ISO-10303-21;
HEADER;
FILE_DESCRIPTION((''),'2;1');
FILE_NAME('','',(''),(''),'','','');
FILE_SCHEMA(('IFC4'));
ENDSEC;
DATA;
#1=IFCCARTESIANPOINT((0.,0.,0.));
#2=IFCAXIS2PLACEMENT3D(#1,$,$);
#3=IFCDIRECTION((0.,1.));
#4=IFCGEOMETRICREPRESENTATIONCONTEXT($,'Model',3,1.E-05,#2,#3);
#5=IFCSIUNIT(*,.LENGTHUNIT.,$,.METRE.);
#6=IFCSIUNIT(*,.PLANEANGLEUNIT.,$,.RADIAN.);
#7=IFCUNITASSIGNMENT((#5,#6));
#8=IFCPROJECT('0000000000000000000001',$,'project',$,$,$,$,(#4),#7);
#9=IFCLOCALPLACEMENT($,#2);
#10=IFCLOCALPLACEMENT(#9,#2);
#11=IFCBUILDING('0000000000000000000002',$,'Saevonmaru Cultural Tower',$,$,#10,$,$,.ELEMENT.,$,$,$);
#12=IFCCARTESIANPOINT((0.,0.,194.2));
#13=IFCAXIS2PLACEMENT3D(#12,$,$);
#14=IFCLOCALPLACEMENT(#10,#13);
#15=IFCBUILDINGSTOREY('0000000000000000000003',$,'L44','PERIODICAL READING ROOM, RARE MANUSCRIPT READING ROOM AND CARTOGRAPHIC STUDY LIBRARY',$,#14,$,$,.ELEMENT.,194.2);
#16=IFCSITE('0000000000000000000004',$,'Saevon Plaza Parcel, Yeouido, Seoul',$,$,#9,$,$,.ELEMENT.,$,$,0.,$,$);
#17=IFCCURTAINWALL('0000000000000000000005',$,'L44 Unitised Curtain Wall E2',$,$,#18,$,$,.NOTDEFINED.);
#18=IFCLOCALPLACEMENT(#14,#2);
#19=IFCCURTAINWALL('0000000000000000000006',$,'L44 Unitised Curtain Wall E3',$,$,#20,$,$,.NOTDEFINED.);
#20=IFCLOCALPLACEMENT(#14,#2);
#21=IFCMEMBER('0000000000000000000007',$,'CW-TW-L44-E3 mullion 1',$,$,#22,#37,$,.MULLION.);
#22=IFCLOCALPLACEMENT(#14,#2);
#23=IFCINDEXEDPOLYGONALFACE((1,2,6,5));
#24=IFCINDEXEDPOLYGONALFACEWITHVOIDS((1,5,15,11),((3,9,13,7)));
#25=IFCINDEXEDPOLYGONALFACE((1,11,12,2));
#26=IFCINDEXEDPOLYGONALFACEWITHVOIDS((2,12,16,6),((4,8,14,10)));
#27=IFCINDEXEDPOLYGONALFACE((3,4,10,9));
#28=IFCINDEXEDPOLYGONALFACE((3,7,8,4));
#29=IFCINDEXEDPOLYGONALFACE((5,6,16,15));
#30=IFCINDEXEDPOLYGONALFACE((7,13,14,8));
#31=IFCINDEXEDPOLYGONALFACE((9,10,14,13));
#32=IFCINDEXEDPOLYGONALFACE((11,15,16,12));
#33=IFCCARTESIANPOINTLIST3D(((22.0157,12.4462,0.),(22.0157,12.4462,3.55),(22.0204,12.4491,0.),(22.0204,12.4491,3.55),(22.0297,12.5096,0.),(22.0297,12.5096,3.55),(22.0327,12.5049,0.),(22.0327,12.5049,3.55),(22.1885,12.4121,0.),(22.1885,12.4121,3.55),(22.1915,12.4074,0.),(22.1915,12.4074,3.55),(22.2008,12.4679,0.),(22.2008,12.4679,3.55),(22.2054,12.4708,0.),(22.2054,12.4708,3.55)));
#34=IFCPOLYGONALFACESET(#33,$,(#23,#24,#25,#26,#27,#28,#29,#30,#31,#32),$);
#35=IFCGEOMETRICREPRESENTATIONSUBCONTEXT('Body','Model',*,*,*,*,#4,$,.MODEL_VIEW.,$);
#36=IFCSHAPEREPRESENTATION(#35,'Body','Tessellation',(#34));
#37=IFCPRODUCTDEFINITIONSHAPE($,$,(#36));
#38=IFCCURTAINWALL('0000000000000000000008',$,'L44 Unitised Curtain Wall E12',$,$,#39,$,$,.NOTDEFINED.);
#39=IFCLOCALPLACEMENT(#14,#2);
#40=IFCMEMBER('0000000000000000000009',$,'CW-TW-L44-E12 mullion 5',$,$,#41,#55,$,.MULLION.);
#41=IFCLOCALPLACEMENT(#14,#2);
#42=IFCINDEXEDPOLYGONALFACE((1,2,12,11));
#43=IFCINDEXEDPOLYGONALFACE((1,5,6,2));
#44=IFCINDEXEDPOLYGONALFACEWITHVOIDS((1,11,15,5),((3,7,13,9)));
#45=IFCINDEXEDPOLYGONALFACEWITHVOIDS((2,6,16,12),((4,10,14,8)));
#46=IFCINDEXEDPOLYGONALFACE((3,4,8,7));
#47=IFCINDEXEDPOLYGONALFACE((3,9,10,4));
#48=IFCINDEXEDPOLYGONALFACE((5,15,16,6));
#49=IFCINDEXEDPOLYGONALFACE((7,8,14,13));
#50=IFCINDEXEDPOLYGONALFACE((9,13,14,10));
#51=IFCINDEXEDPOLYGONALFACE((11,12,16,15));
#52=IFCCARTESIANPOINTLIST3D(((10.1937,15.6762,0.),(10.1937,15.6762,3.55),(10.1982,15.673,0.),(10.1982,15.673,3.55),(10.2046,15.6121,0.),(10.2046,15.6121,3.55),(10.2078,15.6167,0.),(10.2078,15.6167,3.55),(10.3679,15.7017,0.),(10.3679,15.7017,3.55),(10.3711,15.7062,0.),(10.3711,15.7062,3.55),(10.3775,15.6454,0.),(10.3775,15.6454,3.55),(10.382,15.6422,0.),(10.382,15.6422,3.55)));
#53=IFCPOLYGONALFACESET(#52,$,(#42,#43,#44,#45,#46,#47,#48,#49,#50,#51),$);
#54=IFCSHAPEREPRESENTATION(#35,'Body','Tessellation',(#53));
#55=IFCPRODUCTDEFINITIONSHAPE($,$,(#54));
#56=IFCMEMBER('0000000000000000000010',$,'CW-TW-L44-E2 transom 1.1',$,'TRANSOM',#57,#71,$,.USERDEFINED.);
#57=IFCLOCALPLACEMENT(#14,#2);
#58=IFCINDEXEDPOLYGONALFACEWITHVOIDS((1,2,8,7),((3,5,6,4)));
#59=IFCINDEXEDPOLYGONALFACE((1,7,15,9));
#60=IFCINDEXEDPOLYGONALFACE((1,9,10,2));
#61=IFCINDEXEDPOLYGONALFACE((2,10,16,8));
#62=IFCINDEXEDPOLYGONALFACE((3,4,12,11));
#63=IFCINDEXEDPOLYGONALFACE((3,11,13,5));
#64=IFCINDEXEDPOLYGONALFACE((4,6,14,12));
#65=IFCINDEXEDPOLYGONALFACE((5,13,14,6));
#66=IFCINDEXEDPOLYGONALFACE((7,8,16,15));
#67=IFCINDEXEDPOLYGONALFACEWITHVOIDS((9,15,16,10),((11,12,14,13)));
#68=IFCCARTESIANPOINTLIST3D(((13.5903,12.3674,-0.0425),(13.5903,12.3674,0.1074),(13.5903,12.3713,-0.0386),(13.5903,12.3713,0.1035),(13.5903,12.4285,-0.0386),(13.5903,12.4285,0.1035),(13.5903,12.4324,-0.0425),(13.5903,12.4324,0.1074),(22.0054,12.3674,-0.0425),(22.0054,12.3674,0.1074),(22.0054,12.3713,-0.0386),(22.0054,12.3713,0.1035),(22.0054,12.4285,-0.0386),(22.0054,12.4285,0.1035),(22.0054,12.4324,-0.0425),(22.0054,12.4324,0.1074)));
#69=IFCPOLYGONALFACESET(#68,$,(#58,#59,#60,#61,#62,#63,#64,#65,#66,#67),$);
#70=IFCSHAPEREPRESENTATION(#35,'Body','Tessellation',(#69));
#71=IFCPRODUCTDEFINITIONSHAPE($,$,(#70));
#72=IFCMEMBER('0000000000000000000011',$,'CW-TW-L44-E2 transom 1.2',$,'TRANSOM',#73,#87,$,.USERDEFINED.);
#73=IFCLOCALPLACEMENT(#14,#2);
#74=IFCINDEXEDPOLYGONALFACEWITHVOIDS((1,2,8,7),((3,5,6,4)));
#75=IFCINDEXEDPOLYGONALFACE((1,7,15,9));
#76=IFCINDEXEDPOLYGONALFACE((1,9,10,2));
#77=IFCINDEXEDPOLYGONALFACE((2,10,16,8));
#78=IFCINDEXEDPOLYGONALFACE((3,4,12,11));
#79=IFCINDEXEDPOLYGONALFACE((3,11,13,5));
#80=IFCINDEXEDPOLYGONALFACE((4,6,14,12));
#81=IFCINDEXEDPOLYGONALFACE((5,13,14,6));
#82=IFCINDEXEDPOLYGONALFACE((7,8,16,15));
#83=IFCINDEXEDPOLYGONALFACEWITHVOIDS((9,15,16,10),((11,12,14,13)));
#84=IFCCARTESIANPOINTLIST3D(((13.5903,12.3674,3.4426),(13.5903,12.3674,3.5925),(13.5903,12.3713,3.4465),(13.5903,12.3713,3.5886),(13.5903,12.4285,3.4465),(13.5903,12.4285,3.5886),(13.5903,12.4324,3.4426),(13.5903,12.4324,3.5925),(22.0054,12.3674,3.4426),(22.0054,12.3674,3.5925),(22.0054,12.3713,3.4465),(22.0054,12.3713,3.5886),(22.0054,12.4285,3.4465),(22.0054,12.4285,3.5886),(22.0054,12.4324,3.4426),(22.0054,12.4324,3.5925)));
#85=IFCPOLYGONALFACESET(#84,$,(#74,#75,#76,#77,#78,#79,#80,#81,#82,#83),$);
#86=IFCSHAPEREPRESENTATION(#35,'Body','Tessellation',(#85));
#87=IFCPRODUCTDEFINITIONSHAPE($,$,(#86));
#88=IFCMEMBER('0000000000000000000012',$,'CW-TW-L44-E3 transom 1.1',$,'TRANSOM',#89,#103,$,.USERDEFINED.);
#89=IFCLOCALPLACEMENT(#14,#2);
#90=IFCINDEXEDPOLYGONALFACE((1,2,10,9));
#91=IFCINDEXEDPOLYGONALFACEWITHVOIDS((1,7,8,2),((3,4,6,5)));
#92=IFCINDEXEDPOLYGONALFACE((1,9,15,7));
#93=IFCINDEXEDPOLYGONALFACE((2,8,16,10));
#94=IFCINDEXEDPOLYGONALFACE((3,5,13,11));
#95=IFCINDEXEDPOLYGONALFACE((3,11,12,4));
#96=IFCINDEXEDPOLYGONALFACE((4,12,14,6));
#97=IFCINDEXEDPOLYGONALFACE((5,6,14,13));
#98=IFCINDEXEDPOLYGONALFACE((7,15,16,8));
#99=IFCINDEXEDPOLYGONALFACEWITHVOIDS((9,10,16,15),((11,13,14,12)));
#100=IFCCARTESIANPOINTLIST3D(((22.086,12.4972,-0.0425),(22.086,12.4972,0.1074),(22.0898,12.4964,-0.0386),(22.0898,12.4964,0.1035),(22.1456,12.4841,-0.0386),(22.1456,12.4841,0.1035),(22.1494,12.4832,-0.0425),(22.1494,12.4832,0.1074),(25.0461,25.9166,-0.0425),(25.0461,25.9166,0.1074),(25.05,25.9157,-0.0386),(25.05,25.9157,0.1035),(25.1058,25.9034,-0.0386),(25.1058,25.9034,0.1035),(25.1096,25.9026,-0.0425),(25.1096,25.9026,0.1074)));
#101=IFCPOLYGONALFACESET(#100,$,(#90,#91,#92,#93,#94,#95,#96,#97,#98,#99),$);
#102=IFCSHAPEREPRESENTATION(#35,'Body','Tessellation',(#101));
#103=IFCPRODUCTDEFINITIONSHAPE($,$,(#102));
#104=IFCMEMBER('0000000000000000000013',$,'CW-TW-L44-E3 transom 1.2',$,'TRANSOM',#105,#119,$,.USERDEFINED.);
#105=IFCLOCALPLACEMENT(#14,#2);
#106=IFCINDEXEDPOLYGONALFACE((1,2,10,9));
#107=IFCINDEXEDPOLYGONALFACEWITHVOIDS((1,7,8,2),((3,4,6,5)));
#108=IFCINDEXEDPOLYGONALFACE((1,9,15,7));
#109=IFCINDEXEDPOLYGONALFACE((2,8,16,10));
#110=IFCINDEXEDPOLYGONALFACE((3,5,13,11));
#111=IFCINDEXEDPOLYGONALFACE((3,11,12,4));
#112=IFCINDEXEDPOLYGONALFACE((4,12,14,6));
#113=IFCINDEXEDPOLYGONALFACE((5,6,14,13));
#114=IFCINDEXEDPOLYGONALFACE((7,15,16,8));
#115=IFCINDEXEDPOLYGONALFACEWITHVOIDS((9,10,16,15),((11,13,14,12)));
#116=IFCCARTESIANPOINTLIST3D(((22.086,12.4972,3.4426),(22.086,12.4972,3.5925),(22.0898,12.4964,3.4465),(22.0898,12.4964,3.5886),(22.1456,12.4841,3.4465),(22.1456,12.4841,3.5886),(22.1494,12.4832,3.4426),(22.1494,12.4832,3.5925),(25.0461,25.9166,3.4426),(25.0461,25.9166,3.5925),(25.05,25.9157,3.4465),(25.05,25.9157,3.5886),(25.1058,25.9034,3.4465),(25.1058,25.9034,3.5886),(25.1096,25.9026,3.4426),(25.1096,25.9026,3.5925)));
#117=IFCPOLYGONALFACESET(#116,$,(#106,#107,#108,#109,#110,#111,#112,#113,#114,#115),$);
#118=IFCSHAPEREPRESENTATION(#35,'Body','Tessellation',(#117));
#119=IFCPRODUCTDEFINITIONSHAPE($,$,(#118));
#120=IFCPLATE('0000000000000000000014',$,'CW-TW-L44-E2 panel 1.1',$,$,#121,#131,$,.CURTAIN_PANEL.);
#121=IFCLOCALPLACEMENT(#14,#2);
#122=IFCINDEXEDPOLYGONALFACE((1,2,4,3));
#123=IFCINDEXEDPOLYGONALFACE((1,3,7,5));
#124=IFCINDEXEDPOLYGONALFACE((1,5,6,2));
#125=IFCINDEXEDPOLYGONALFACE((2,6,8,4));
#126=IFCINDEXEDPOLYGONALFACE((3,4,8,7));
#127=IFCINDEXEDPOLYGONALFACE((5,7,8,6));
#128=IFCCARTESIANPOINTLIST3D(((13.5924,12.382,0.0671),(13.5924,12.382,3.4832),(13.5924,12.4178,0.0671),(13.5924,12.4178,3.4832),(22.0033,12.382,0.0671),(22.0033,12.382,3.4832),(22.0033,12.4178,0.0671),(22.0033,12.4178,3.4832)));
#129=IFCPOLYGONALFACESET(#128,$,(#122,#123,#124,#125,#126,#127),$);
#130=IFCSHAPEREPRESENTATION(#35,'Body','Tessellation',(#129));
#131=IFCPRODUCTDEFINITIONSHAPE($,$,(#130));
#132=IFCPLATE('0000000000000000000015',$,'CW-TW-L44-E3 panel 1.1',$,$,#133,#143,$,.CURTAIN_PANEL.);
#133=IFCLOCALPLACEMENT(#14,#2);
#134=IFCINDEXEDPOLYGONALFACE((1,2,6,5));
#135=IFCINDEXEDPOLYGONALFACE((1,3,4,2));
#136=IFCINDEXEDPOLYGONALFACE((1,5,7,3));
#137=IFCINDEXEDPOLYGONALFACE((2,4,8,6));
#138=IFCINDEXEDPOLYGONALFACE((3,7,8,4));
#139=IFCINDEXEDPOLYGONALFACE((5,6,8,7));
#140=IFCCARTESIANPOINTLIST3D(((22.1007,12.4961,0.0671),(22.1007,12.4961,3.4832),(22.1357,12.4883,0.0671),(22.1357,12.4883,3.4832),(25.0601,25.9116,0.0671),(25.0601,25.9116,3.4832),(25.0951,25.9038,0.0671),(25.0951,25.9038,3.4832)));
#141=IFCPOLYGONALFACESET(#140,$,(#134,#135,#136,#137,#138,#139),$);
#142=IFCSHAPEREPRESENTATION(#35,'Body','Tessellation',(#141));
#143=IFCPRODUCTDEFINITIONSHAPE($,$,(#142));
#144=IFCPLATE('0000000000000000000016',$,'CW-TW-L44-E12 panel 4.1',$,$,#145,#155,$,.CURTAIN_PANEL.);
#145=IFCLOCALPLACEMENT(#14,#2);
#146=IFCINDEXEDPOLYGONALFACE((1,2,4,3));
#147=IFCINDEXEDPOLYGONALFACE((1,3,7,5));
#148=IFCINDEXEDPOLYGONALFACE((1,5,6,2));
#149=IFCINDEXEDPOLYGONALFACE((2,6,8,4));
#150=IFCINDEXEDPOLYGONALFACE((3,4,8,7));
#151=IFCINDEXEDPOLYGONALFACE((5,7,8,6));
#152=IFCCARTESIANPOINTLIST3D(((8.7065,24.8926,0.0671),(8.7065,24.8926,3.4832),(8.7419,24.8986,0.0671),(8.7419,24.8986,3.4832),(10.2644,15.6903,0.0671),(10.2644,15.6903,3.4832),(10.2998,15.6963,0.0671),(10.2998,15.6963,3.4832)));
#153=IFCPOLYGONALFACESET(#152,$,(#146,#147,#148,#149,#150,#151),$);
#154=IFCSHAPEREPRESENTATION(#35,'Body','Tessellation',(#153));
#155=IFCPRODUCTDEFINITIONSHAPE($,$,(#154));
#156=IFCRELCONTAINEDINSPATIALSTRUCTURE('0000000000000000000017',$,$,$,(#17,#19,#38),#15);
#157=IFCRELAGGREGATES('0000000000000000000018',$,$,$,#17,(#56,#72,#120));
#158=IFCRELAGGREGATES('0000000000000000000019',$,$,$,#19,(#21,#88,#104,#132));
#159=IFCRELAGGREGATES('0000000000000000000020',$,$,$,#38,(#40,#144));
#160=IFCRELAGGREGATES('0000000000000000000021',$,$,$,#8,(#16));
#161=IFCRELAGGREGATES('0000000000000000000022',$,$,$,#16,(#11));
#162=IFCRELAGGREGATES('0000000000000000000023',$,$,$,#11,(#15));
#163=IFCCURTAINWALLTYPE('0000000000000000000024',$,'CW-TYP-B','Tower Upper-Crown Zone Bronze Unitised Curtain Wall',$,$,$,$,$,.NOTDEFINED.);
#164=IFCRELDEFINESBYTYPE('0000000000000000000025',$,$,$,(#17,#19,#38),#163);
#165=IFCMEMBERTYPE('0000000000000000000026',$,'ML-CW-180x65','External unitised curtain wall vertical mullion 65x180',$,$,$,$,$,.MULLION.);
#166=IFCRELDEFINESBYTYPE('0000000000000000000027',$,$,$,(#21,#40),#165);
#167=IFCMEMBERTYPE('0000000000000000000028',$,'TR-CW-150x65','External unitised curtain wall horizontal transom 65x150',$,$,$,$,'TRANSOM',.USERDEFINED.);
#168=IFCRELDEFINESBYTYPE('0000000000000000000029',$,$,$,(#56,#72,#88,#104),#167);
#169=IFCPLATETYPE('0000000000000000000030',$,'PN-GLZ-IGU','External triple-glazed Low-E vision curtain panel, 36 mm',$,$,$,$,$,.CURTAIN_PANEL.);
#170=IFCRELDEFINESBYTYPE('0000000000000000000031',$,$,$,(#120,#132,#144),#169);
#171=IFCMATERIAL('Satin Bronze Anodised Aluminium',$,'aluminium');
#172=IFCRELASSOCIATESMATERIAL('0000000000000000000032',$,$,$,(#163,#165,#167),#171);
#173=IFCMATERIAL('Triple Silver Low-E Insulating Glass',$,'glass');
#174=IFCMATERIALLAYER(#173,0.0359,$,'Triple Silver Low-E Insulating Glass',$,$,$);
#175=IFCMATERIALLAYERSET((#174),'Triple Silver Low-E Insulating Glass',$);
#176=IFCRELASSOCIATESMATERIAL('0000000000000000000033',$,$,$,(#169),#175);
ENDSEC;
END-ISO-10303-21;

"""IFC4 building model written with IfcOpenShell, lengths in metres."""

from ifc_helpers import new_model, si_unit, direction, frame, origin, origin_2d, place, context, subcontext, project, spatial, rectangle, hollow_rectangle, extrude, material, layer, layer_set, material_profile, profile_set, type_object, element, aggregate, save


model = new_model("IFC4")

# Units and contexts
model_context = context("Model", 3, precision=1e-05, world=origin(), true_north=direction((0.0, 1.0)))
body_context = subcontext(model_context, "Body", "Model", "MODEL_VIEW")
ifc_project = project(units=[si_unit("LENGTHUNIT", "METRE"), si_unit("PLANEANGLEUNIT", "RADIAN")], contexts=[model_context])

# Site, building, storey
site_placement = place(None, origin())
site = spatial("IfcSite", under=ifc_project, at=site_placement, Name="Saevon Plaza Parcel, Yeouido, Seoul", CompositionType="ELEMENT", RefElevation=0.0)
building_placement = place(site_placement, origin())
building = spatial("IfcBuilding", under=site, at=building_placement, Name="Saevonmaru Cultural Tower", CompositionType="ELEMENT")
storey_placement = place(building_placement, frame((0.0, 0.0, 194.2)))
storey = spatial("IfcBuildingStorey", under=building, at=storey_placement, Name="L44", Description="PERIODICAL READING ROOM, RARE MANUSCRIPT READING ROOM AND CARTOGRAPHIC STUDY LIBRARY", CompositionType="ELEMENT", Elevation=194.2)

# Curtain wall
ifc_material_1 = material(Name="Satin Bronze Anodised Aluminium", Category="aluminium")
curtain_wall_type = type_object("IfcCurtainWallType", Name="CW-TYP-B", Description="Tower Upper-Crown Zone Bronze Unitised Curtain Wall", PredefinedType="NOTDEFINED", material=ifc_material_1)
curtain_wall_1_placement = place(storey_placement, origin())
curtain_wall_1 = element("IfcCurtainWall", 1, at=curtain_wall_1_placement, inside=storey, type_object=curtain_wall_type, Name="L44 Unitised Curtain Wall E2", PredefinedType="NOTDEFINED")
ifc_material_profile_1 = material_profile(ifc_material_1, hollow_rectangle(XDim=0.0649, YDim=0.1799, WallThickness=0.0039, at=origin_2d()), Name="ALU-MULL-180x65x4")
ifc_profile_set_1 = profile_set([ifc_material_profile_1], Name="Satin Bronze Anodised Aluminium")
member_type_1 = type_object("IfcMemberType", Name="ML-CW-180x65", Description="External unitised curtain wall vertical mullion 65x180", PredefinedType="MULLION", material=ifc_profile_set_1)

# Curtain walls, members
curtain_wall_2_placement = place(storey_placement, origin())
curtain_wall_2 = element("IfcCurtainWall", 2, at=curtain_wall_2_placement, inside=storey, type_object=curtain_wall_type, Name="L44 Unitised Curtain Wall E3", PredefinedType="NOTDEFINED")
member_1_placement = place(storey_placement, frame((22.1106, 12.4585, 0.0), z_axis=(0.0, 0.0, 1.0), x_axis=(0.215413, 0.976523, 0.0)))
member_1 = element("IfcMember", 3, at=member_1_placement, type_object=member_type_1, Name="CW-TW-L44-E3 mullion 1", PredefinedType="MULLION", context=body_context, shape_type="SweptSolid", body=[
    extrude(hollow_rectangle(XDim=0.0649, YDim=0.1799, WallThickness=0.0039, at=origin_2d()), origin(), (0.0, 0.0, 1.0), 3.55),
])
curtain_wall_3_placement = place(storey_placement, origin())
curtain_wall_3 = element("IfcCurtainWall", 4, at=curtain_wall_3_placement, inside=storey, type_object=curtain_wall_type, Name="L44 Unitised Curtain Wall E12", PredefinedType="NOTDEFINED")
member_2_placement = place(storey_placement, frame((10.2878, 15.6592, 0.0), z_axis=(0.0, 0.0, 1.0), x_axis=(0.166922, -0.98597, 0.0)))
member_2 = element("IfcMember", 5, at=member_2_placement, type_object=member_type_1, Name="CW-TW-L44-E12 mullion 5", PredefinedType="MULLION", context=body_context, shape_type="SweptSolid", body=[
    extrude(hollow_rectangle(XDim=0.0649, YDim=0.1799, WallThickness=0.0039, at=origin_2d()), origin(), (0.0, 0.0, 1.0), 3.55),
])

# Members
ifc_material_profile_2 = material_profile(ifc_material_1, hollow_rectangle(XDim=0.0649, YDim=0.1499, WallThickness=0.0039, at=origin_2d()), Name="ALU-TRAN-150x65x4")
ifc_profile_set_2 = profile_set([ifc_material_profile_2], Name="Satin Bronze Anodised Aluminium")
member_type_2 = type_object("IfcMemberType", Name="TR-CW-150x65", Description="External unitised curtain wall horizontal transom 65x150", ElementType="TRANSOM", PredefinedType="USERDEFINED", material=ifc_profile_set_2)
member_3_placement = place(storey_placement, frame((13.5903, 12.3999, 0.0325), z_axis=(1.0, 0.0, 0.0), x_axis=(0.0, 1.0, 0.0)))
member_3 = element("IfcMember", 6, at=member_3_placement, type_object=member_type_2, Name="CW-TW-L44-E2 transom 1.1", ObjectType="TRANSOM", PredefinedType="USERDEFINED", context=body_context, shape_type="SweptSolid", body=[
    extrude(hollow_rectangle(XDim=0.0649, YDim=0.1499, WallThickness=0.0039, at=origin_2d()), origin(), (0.0, 0.0, 1.0), 8.415),
])
member_4_placement = place(storey_placement, frame((13.5903, 12.3999, 3.5176), z_axis=(1.0, 0.0, 0.0), x_axis=(0.0, 1.0, 0.0)))
member_4 = element("IfcMember", 7, at=member_4_placement, type_object=member_type_2, Name="CW-TW-L44-E2 transom 1.2", ObjectType="TRANSOM", PredefinedType="USERDEFINED", context=body_context, shape_type="SweptSolid", body=[
    extrude(hollow_rectangle(XDim=0.0649, YDim=0.1499, WallThickness=0.0039, at=origin_2d()), origin(), (0.0, 0.0, 1.0), 8.415),
])
member_5_placement = place(storey_placement, frame((22.1177, 12.4902, 0.0325), z_axis=(0.215412, 0.976523, 0.0), x_axis=(-0.976523, 0.215412, 0.0)))
member_5 = element("IfcMember", 8, at=member_5_placement, type_object=member_type_2, Name="CW-TW-L44-E3 transom 1.1", ObjectType="TRANSOM", PredefinedType="USERDEFINED", context=body_context, shape_type="SweptSolid", body=[
    extrude(hollow_rectangle(XDim=0.0649, YDim=0.1499, WallThickness=0.0039, at=origin_2d()), origin(), (0.0, 0.0, 1.0), 13.7419),
])
member_6_placement = place(storey_placement, frame((22.1177, 12.4902, 3.5176), z_axis=(0.215412, 0.976523, 0.0), x_axis=(-0.976523, 0.215412, 0.0)))
member_6 = element("IfcMember", 9, at=member_6_placement, type_object=member_type_2, Name="CW-TW-L44-E3 transom 1.2", ObjectType="TRANSOM", PredefinedType="USERDEFINED", context=body_context, shape_type="SweptSolid", body=[
    extrude(hollow_rectangle(XDim=0.0649, YDim=0.1499, WallThickness=0.0039, at=origin_2d()), origin(), (0.0, 0.0, 1.0), 13.7419),
])

# Plates
ifc_material_2 = material(Name="Triple Silver Low-E Insulating Glass", Category="glass")
ifc_layer_1 = layer(ifc_material_2, 0.0359, Name="Triple Silver Low-E Insulating Glass")
ifc_layer_set_1 = layer_set([ifc_layer_1], Name="Triple Silver Low-E Insulating Glass")
plate_type = type_object("IfcPlateType", Name="PN-GLZ-IGU", Description="External triple-glazed Low-E vision curtain panel, 36 mm", PredefinedType="CURTAIN_PANEL", material=ifc_layer_set_1)
plate_1_placement = place(storey_placement, frame((17.7979, 12.3999, 0.0671), z_axis=(0.0, 0.0, 1.0), x_axis=(1.0, 0.0, 0.0)))
plate_1 = element("IfcPlate", 10, at=plate_1_placement, type_object=plate_type, Name="CW-TW-L44-E2 panel 1.1", PredefinedType="CURTAIN_PANEL", context=body_context, shape_type="SweptSolid", body=[
    extrude(rectangle(XDim=8.4109, YDim=0.0359, at=origin_2d()), origin(), (0.0, 0.0, 1.0), 3.416),
])
aggregate(curtain_wall_1, [member_3, member_4, plate_1])
plate_2_placement = place(storey_placement, frame((23.5979, 19.2, 0.0671), z_axis=(0.0, 0.0, 1.0), x_axis=(0.215413, 0.976523, 0.0)))
plate_2 = element("IfcPlate", 11, at=plate_2_placement, type_object=plate_type, Name="CW-TW-L44-E3 panel 1.1", PredefinedType="CURTAIN_PANEL", context=body_context, shape_type="SweptSolid", body=[
    extrude(rectangle(XDim=13.738, YDim=0.0359, at=origin_2d()), origin(), (0.0, 0.0, 1.0), 3.416),
])
aggregate(curtain_wall_2, [member_1, member_5, member_6, plate_2])
plate_3_placement = place(storey_placement, frame((9.5032, 20.2944, 0.0671), z_axis=(0.0, 0.0, 1.0), x_axis=(0.166922, -0.98597, 0.0)))
plate_3 = element("IfcPlate", 12, at=plate_3_placement, type_object=plate_type, Name="CW-TW-L44-E12 panel 4.1", PredefinedType="CURTAIN_PANEL", context=body_context, shape_type="SweptSolid", body=[
    extrude(rectangle(XDim=9.3333, YDim=0.0359, at=origin_2d()), origin(), (0.0, 0.0, 1.0), 3.416),
])
aggregate(curtain_wall_3, [member_2, plate_3])

save(model, "model.ifc")
